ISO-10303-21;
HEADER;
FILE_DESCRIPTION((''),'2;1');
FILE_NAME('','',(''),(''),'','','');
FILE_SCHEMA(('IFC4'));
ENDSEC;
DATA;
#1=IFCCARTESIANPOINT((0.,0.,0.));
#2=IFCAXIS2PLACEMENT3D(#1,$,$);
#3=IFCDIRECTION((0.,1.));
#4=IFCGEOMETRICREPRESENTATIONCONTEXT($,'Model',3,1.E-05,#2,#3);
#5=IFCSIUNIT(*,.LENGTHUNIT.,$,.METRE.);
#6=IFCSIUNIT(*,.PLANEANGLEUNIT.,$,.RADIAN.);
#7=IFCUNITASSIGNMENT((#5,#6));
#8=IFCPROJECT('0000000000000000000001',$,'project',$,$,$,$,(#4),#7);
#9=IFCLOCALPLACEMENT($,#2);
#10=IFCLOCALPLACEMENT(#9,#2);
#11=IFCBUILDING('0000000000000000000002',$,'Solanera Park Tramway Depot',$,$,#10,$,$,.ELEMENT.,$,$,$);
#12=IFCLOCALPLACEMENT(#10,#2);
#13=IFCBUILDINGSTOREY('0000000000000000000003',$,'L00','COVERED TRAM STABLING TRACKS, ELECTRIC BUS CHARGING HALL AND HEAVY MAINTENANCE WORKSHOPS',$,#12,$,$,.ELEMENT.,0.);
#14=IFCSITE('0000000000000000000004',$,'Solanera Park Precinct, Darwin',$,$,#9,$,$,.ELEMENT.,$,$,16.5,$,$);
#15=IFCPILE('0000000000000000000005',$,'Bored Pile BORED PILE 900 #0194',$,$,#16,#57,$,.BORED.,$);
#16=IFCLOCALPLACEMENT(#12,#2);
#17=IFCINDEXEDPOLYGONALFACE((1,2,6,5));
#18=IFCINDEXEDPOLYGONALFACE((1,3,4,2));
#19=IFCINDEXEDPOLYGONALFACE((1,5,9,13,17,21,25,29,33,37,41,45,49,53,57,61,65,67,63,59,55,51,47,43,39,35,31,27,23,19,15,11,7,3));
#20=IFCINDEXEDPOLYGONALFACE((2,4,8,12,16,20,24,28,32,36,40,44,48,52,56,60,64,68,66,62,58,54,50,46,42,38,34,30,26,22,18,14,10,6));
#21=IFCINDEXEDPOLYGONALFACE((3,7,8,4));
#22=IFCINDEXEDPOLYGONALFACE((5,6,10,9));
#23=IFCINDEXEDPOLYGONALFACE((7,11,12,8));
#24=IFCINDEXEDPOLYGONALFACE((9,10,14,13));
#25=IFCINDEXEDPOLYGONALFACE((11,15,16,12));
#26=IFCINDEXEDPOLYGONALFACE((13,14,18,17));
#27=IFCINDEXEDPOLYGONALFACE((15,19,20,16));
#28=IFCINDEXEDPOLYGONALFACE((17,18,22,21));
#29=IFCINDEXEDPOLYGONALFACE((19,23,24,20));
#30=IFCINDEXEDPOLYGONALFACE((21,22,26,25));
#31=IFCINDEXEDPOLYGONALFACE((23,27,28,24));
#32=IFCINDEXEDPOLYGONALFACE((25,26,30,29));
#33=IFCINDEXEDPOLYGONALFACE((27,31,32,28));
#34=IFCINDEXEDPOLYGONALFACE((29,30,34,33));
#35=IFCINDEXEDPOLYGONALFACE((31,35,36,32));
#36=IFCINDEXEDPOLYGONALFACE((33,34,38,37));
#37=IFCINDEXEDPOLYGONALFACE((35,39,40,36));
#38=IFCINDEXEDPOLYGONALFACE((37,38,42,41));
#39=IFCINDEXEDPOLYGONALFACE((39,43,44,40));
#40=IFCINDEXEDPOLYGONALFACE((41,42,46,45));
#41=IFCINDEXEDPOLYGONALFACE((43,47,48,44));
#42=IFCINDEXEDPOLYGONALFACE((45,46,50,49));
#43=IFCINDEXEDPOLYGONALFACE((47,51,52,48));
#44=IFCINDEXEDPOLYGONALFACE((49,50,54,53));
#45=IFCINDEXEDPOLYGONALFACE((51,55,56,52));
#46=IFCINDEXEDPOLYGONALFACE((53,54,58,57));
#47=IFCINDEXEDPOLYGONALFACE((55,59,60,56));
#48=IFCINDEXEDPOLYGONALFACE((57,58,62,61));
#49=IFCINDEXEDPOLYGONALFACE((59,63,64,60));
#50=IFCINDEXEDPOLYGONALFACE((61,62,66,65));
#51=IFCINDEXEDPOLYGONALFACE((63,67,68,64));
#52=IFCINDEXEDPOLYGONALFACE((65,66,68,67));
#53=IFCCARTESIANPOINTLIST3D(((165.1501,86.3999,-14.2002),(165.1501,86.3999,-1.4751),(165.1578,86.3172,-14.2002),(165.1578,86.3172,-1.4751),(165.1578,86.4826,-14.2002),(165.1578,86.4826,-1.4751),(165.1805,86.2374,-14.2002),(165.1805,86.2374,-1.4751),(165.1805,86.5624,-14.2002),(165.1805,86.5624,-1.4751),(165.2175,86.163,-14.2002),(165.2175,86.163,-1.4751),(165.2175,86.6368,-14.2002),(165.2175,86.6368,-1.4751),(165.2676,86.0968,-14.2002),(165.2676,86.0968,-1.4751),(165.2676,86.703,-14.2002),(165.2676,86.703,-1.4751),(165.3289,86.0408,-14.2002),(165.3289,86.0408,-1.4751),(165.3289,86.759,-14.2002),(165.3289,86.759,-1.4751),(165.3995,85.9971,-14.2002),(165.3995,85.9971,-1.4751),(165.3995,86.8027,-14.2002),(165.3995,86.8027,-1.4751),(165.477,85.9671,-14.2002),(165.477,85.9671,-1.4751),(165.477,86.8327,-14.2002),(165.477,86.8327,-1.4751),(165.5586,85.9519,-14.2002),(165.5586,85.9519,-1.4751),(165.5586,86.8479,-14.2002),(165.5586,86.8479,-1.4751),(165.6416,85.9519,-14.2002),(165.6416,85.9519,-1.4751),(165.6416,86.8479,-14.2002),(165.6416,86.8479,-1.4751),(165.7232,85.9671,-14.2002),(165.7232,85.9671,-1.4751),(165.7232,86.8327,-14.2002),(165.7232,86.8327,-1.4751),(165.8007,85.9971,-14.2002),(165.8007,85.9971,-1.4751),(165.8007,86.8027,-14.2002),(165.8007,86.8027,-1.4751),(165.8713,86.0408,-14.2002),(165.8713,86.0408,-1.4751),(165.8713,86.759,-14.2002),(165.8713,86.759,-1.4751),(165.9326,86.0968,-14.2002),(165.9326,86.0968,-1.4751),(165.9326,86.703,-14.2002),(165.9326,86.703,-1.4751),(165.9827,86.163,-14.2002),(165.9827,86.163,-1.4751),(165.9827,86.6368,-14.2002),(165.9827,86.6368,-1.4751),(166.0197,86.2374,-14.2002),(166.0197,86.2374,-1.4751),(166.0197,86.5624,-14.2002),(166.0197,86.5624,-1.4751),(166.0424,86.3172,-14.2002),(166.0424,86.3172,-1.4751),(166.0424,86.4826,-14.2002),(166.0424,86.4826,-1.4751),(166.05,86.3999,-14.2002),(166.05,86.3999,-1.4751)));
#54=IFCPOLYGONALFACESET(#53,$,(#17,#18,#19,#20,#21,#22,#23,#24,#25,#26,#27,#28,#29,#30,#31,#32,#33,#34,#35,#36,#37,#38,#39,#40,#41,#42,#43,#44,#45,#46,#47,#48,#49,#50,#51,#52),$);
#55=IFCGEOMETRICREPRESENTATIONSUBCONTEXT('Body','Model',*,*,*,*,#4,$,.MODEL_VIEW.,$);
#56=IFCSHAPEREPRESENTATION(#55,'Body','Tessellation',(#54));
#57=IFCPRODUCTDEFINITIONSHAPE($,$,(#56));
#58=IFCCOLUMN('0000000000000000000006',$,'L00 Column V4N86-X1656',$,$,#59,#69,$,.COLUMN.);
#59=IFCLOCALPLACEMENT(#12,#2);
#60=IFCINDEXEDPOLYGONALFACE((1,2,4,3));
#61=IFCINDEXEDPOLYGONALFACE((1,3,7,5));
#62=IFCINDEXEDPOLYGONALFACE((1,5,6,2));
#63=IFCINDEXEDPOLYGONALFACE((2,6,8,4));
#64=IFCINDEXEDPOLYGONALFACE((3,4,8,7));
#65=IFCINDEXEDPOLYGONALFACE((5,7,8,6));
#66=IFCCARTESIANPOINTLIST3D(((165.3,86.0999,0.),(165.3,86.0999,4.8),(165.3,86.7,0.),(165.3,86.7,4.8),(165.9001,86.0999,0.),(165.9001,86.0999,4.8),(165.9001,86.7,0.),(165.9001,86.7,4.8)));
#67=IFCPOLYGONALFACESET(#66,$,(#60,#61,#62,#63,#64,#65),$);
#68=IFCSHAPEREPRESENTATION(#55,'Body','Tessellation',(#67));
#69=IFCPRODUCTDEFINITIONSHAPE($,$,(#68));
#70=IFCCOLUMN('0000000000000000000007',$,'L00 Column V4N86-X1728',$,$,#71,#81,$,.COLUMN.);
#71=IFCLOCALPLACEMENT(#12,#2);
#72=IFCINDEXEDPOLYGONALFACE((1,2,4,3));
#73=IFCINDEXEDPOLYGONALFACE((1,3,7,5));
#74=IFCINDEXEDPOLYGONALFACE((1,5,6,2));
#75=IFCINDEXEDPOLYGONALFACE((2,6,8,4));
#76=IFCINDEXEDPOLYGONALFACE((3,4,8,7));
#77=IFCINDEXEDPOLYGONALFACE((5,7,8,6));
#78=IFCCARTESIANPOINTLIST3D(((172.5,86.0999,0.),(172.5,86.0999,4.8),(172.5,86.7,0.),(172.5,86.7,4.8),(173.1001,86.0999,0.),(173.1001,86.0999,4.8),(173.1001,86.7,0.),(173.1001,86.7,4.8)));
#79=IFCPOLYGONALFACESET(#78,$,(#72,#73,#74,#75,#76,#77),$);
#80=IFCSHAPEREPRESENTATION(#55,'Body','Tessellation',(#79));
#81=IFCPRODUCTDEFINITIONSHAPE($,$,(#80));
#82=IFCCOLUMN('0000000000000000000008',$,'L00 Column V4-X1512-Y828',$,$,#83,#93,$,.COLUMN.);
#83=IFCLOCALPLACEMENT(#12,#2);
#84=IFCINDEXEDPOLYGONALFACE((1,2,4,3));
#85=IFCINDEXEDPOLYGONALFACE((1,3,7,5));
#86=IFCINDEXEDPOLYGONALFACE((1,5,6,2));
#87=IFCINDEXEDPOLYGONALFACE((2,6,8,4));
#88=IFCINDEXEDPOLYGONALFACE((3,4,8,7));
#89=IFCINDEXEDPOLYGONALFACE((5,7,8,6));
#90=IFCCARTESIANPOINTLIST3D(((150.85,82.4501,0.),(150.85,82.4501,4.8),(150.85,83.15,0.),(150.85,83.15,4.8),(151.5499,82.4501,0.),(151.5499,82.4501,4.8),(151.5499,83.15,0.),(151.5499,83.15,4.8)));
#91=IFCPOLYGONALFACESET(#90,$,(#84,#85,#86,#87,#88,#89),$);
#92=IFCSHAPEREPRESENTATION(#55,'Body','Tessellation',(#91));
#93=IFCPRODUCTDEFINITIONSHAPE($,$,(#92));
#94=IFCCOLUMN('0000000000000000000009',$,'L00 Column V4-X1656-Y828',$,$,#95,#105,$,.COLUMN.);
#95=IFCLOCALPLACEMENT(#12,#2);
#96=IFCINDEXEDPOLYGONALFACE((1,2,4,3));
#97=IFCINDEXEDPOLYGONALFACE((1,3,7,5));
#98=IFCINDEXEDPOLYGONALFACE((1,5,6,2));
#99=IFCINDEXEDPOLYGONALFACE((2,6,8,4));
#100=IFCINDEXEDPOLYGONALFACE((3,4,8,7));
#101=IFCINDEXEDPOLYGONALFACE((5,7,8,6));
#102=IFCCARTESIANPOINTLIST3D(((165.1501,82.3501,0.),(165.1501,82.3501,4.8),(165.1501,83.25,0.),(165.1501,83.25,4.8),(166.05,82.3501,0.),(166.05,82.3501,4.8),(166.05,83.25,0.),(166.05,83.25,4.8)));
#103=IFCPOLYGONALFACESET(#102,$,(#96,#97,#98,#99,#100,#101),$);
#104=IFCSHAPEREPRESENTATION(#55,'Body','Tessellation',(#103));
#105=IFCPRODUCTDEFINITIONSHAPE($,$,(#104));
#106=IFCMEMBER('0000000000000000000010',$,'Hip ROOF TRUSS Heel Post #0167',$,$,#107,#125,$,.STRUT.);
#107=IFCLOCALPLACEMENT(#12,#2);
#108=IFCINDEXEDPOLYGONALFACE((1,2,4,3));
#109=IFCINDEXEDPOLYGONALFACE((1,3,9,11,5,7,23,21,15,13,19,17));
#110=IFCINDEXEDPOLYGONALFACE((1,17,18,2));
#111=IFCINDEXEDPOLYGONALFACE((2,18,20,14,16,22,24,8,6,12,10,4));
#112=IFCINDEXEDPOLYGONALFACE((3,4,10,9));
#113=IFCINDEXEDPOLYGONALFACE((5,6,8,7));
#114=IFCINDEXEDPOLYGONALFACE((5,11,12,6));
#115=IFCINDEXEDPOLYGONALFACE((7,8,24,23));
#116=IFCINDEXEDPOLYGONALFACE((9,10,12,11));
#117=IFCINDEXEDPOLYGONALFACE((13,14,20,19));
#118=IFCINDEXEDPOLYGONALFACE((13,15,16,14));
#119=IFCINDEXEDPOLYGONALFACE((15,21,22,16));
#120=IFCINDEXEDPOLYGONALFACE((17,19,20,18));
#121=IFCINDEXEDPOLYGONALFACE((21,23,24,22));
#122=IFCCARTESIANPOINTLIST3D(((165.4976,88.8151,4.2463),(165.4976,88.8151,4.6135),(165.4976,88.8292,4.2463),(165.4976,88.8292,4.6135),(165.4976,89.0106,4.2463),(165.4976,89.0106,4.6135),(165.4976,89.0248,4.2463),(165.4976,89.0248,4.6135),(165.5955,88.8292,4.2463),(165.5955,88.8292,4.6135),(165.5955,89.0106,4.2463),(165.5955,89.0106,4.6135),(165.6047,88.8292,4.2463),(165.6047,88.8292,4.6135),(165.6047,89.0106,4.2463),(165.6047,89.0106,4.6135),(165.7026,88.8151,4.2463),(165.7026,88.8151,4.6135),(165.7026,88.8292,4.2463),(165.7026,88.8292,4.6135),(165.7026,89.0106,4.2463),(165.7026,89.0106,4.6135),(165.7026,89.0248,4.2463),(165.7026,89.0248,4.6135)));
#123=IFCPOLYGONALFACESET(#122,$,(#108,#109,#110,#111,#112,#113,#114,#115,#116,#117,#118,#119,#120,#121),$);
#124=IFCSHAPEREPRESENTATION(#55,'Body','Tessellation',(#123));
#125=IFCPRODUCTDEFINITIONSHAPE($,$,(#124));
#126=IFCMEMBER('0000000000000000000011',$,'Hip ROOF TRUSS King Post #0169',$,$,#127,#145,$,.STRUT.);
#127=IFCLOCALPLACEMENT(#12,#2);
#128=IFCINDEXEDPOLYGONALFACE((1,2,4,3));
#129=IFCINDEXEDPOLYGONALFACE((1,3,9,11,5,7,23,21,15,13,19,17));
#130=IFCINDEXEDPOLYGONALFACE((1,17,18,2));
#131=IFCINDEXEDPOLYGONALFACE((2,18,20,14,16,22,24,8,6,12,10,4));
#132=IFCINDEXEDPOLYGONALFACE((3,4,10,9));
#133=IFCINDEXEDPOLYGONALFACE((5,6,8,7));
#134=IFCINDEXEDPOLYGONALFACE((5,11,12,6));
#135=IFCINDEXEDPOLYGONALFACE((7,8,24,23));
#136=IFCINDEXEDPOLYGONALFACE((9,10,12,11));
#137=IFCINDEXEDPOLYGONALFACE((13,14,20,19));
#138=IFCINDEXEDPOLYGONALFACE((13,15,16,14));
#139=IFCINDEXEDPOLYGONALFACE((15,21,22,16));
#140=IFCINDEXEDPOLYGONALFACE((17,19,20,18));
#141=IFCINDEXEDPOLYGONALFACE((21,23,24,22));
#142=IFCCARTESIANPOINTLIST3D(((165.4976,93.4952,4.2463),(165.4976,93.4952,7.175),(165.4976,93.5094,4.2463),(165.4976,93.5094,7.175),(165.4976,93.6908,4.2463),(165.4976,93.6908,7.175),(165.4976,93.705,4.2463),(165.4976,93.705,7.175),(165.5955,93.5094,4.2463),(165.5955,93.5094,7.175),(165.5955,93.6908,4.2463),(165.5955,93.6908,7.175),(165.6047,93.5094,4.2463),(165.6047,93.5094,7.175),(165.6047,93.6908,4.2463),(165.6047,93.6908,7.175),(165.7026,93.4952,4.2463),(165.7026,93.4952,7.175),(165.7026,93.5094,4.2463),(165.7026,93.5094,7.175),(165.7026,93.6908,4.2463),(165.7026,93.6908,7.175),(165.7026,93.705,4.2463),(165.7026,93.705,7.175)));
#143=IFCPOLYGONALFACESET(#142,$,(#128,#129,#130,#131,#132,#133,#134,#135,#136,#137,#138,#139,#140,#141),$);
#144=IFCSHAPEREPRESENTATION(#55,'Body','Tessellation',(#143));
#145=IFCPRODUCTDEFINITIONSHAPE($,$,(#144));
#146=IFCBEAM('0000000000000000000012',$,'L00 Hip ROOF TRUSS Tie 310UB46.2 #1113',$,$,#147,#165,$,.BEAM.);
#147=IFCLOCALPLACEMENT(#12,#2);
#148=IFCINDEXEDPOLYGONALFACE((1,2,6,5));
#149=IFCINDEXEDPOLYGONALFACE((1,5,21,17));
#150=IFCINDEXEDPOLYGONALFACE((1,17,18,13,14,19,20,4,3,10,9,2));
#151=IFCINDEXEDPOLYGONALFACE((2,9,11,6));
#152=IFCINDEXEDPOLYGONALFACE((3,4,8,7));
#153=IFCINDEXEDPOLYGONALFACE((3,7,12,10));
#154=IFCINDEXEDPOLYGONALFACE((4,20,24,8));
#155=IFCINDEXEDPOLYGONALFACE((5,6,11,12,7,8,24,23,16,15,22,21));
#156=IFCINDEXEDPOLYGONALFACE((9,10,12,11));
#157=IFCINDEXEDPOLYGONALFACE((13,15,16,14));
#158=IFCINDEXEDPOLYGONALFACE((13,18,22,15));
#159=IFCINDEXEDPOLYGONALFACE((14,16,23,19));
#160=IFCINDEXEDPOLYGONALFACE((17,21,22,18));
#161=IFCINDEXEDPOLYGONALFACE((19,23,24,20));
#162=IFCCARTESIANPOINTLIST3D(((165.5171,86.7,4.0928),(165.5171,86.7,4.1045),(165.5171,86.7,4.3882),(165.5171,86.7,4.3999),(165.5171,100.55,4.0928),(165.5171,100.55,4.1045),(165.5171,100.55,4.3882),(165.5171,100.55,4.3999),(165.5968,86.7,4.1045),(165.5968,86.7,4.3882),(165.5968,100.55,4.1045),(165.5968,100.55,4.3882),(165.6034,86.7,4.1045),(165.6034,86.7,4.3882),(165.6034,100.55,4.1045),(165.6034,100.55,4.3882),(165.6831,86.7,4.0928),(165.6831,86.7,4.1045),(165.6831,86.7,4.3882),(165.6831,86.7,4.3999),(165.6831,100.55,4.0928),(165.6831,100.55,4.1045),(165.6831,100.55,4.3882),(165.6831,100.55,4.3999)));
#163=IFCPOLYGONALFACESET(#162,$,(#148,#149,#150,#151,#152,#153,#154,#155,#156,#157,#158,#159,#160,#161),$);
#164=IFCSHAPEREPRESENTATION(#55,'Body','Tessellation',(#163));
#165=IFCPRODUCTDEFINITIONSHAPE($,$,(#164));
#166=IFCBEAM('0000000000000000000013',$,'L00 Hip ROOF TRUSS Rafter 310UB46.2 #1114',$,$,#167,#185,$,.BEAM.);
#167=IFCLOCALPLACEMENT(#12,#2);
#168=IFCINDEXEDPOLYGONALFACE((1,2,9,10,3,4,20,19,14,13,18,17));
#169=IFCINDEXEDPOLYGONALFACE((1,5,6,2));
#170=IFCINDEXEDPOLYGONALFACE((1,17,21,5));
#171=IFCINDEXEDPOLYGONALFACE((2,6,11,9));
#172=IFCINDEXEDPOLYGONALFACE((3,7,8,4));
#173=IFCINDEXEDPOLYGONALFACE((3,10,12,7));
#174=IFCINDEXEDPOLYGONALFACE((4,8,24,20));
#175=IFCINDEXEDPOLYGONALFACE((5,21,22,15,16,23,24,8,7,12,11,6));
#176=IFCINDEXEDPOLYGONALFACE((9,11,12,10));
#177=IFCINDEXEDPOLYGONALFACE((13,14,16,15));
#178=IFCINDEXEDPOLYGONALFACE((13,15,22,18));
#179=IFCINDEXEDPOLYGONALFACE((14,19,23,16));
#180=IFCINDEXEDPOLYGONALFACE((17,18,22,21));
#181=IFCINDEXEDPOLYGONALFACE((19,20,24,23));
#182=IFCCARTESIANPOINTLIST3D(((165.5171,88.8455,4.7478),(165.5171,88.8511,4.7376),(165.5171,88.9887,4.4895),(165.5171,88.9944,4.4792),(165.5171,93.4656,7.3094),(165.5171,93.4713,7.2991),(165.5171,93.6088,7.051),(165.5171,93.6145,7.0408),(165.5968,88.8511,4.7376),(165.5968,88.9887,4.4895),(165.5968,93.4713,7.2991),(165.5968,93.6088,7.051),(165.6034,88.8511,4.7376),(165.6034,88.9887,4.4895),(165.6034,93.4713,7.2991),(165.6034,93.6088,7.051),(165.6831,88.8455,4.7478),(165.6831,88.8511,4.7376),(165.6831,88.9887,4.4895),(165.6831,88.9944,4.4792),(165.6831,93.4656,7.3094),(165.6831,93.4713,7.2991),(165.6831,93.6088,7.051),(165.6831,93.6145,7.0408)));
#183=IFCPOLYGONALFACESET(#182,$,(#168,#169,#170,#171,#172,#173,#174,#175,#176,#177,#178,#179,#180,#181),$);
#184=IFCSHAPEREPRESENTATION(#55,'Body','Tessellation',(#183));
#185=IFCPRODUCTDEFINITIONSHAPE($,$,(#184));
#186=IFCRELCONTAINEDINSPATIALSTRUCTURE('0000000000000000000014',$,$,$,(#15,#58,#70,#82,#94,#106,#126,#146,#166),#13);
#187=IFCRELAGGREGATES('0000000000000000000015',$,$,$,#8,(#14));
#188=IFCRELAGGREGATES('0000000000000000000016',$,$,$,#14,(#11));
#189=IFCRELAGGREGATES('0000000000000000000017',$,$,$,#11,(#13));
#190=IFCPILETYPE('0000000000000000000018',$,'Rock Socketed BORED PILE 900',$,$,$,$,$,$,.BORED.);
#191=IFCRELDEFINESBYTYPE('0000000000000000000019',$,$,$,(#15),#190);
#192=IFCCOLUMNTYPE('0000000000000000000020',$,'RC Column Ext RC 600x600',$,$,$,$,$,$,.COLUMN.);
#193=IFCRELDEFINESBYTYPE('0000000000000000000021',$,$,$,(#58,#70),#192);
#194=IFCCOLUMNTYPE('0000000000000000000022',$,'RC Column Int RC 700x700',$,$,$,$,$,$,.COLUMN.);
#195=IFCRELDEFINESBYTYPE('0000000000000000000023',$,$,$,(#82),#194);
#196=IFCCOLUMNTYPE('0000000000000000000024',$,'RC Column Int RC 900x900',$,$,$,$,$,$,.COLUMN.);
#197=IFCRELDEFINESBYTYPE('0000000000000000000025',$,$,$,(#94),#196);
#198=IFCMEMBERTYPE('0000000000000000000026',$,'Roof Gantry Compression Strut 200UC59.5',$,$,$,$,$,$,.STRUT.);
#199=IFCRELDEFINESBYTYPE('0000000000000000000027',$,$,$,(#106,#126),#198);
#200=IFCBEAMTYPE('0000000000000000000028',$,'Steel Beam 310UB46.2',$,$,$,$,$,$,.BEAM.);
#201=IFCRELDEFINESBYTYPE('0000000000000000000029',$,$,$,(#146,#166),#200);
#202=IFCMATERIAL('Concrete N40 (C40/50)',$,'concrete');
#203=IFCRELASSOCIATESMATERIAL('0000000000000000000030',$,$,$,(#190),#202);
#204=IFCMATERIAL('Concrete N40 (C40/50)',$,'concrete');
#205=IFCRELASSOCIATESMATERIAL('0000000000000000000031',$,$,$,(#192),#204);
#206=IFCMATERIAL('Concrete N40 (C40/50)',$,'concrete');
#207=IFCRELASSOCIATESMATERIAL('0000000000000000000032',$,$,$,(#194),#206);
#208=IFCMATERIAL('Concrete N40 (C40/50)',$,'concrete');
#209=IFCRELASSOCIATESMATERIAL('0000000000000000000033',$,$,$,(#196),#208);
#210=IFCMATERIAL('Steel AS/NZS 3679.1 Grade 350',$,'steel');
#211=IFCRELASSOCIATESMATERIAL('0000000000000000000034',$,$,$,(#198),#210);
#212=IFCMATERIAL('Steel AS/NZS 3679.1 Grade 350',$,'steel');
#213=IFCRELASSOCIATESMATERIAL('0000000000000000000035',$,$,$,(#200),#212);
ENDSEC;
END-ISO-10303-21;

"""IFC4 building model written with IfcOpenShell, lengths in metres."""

from ifc_helpers import new_model, si_unit, direction, frame, origin, origin_2d, place, context, subcontext, project, spatial, rectangle, circle, i_section, extrude, material, material_profile, profile_set, type_object, element, save


model = new_model("IFC4")

# Units and contexts
model_context = context("Model", 3, precision=1e-05, world=origin(), true_north=direction((0.0, 1.0)))
body_context = subcontext(model_context, "Body", "Model", "MODEL_VIEW")
ifc_project = project(units=[si_unit("LENGTHUNIT", "METRE"), si_unit("PLANEANGLEUNIT", "RADIAN")], contexts=[model_context])

# Site, building, storey
site_placement = place(None, origin())
site = spatial("IfcSite", under=ifc_project, at=site_placement, Name="Solanera Park Precinct, Darwin", CompositionType="ELEMENT", RefElevation=16.5)
building_placement = place(site_placement, origin())
building = spatial("IfcBuilding", under=site, at=building_placement, Name="Solanera Park Tramway Depot", CompositionType="ELEMENT")
storey_placement = place(building_placement, origin())
storey = spatial("IfcBuildingStorey", under=building, at=storey_placement, Name="L00", Description="COVERED TRAM STABLING TRACKS, ELECTRIC BUS CHARGING HALL AND HEAVY MAINTENANCE WORKSHOPS", CompositionType="ELEMENT", Elevation=0.0)

# Pile
ifc_material_1 = material(Name="Concrete N40 (C40/50)", Category="concrete")
ifc_material_profile_1 = material_profile(ifc_material_1, circle(Radius=0.45, at=origin_2d()), Name="BORED PILE 900")
ifc_profile_set_1 = profile_set([ifc_material_profile_1], Name="Concrete N40 (C40/50)")
pile_type_1 = type_object("IfcPileType", Name="Rock Socketed BORED PILE 900", PredefinedType="BORED", material=ifc_profile_set_1)
pile_1_placement = place(storey_placement, frame((165.6001, 86.3999, -1.4751), z_axis=(0.0, 0.0, -1.0), x_axis=(1.0, 0.0, 0.0)))
element("IfcPile", 1, at=pile_1_placement, inside=storey, type_object=pile_type_1, Name="Bored Pile BORED PILE 900 #0194", PredefinedType="BORED", context=body_context, shape_type="SweptSolid", body=[
    extrude(circle(Radius=0.45, at=origin_2d()), origin(), (0.0, 0.0, 1.0), 12.7251),
])

# Columns
ifc_material_2 = material(Name="Concrete N40 (C40/50)", Category="concrete")
ifc_material_profile_2 = material_profile(ifc_material_2, rectangle(XDim=0.6001, YDim=0.6001, at=origin_2d()), Name="RC 600x600")
ifc_profile_set_2 = profile_set([ifc_material_profile_2], Name="Concrete N40 (C40/50)")
column_type_1 = type_object("IfcColumnType", Name="RC Column Ext RC 600x600", PredefinedType="COLUMN", material=ifc_profile_set_2)
for number, where, z_axis, x_axis, name in (
    (2, (165.6001, 86.3999, 0.0), (0.0, 0.0, 1.0), (1.0, 0.0, 0.0), "L00 Column V4N86-X1656"),
    (3, (172.8, 86.3999, 0.0), (0.0, 0.0, 1.0), (1.0, 0.0, 0.0), "L00 Column V4N86-X1728"),
):
    element("IfcColumn", number, at=place(storey_placement, frame(where, z_axis=z_axis, x_axis=x_axis)), inside=storey, type_object=column_type_1, Name=name, PredefinedType="COLUMN", context=body_context, shape_type="SweptSolid", body=[
        extrude(rectangle(XDim=0.6001, YDim=0.6001, at=origin_2d()), origin(), (0.0, 0.0, 1.0), 4.8),
    ])
ifc_material_3 = material(Name="Concrete N40 (C40/50)", Category="concrete")
ifc_material_profile_3 = material_profile(ifc_material_3, rectangle(XDim=0.7, YDim=0.7, at=origin_2d()), Name="RC 700x700")
ifc_profile_set_3 = profile_set([ifc_material_profile_3], Name="Concrete N40 (C40/50)")
column_type_2 = type_object("IfcColumnType", Name="RC Column Int RC 700x700", PredefinedType="COLUMN", material=ifc_profile_set_3)
column_1_placement = place(storey_placement, frame((151.2, 82.8, 0.0), z_axis=(0.0, 0.0, 1.0), x_axis=(1.0, 0.0, 0.0)))
element("IfcColumn", 4, at=column_1_placement, inside=storey, type_object=column_type_2, Name="L00 Column V4-X1512-Y828", PredefinedType="COLUMN", context=body_context, shape_type="SweptSolid", body=[
    extrude(rectangle(XDim=0.7, YDim=0.7, at=origin_2d()), origin(), (0.0, 0.0, 1.0), 4.8),
])
ifc_material_4 = material(Name="Concrete N40 (C40/50)", Category="concrete")
ifc_material_profile_4 = material_profile(ifc_material_4, rectangle(XDim=0.8999, YDim=0.8999, at=origin_2d()), Name="RC 900x900")
ifc_profile_set_4 = profile_set([ifc_material_profile_4], Name="Concrete N40 (C40/50)")
column_type_3 = type_object("IfcColumnType", Name="RC Column Int RC 900x900", PredefinedType="COLUMN", material=ifc_profile_set_4)
column_2_placement = place(storey_placement, frame((165.6001, 82.8, 0.0), z_axis=(0.0, 0.0, 1.0), x_axis=(1.0, 0.0, 0.0)))
element("IfcColumn", 5, at=column_2_placement, inside=storey, type_object=column_type_3, Name="L00 Column V4-X1656-Y828", PredefinedType="COLUMN", context=body_context, shape_type="SweptSolid", body=[
    extrude(rectangle(XDim=0.8999, YDim=0.8999, at=origin_2d()), origin(), (0.0, 0.0, 1.0), 4.8),
])

# Members
ifc_material_5 = material(Name="Steel AS/NZS 3679.1 Grade 350", Category="steel")
ifc_material_profile_5 = material_profile(ifc_material_5, i_section(OverallWidth=0.2051, OverallDepth=0.2097, WebThickness=0.0093, FlangeThickness=0.0142, at=origin_2d()), Name="200UC59.5")
ifc_profile_set_5 = profile_set([ifc_material_profile_5], Name="Steel AS/NZS 3679.1 Grade 350")
member_type_1 = type_object("IfcMemberType", Name="Roof Gantry Compression Strut 200UC59.5", PredefinedType="STRUT", material=ifc_profile_set_5)
member_1_placement = place(storey_placement, frame((165.6001, 88.9199, 4.2463), z_axis=(0.0, 0.0, 1.0), x_axis=(1.0, 0.0, 0.0)))
element("IfcMember", 6, at=member_1_placement, inside=storey, type_object=member_type_1, Name="Hip ROOF TRUSS Heel Post #0167", PredefinedType="STRUT", context=body_context, shape_type="SweptSolid", body=[
    extrude(i_section(OverallWidth=0.2051, OverallDepth=0.2097, WebThickness=0.0093, FlangeThickness=0.0142, at=origin_2d()), origin(), (0.0, 0.0, 1.0), 0.3672),
])
member_2_placement = place(storey_placement, frame((165.6001, 93.6001, 4.2463), z_axis=(0.0, 0.0, 1.0), x_axis=(1.0, 0.0, 0.0)))
element("IfcMember", 7, at=member_2_placement, inside=storey, type_object=member_type_1, Name="Hip ROOF TRUSS King Post #0169", PredefinedType="STRUT", context=body_context, shape_type="SweptSolid", body=[
    extrude(i_section(OverallWidth=0.2051, OverallDepth=0.2097, WebThickness=0.0093, FlangeThickness=0.0142, at=origin_2d()), origin(), (0.0, 0.0, 1.0), 2.9287),
])

# Beams
ifc_material_6 = material(Name="Steel AS/NZS 3679.1 Grade 350", Category="steel")
ifc_material_profile_6 = material_profile(ifc_material_6, i_section(OverallWidth=0.166, OverallDepth=0.3071, WebThickness=0.0066, FlangeThickness=0.0117, at=origin_2d()), Name="310UB46.2")
ifc_profile_set_6 = profile_set([ifc_material_profile_6], Name="Steel AS/NZS 3679.1 Grade 350")
beam_type = type_object("IfcBeamType", Name="Steel Beam 310UB46.2", PredefinedType="BEAM", material=ifc_profile_set_6)
beam_1_placement = place(storey_placement, frame((165.6001, 86.7, 4.2463), z_axis=(0.0, 1.0, 0.0), x_axis=(-1.0, 0.0, 0.0)))
element("IfcBeam", 8, at=beam_1_placement, inside=storey, type_object=beam_type, Name="L00 Hip ROOF TRUSS Tie 310UB46.2 #1113", PredefinedType="BEAM", context=body_context, shape_type="SweptSolid", body=[
    extrude(i_section(OverallWidth=0.166, OverallDepth=0.3071, WebThickness=0.0066, FlangeThickness=0.0117, at=origin_2d()), origin(), (0.0, 0.0, 1.0), 13.8501),
])
beam_2_placement = place(storey_placement, frame((165.6001, 88.9199, 4.6135), z_axis=(0.0, 0.874576, 0.484889), x_axis=(-1.0, 0.0, 0.0)))
element("IfcBeam", 9, at=beam_2_placement, inside=storey, type_object=beam_type, Name="L00 Hip ROOF TRUSS Rafter 310UB46.2 #1114", PredefinedType="BEAM", context=body_context, shape_type="SweptSolid", body=[
    extrude(i_section(OverallWidth=0.166, OverallDepth=0.3071, WebThickness=0.0066, FlangeThickness=0.0117, at=origin_2d()), origin(), (0.0, 0.0, 1.0), 5.2827),
])

save(model, "model.ifc")
